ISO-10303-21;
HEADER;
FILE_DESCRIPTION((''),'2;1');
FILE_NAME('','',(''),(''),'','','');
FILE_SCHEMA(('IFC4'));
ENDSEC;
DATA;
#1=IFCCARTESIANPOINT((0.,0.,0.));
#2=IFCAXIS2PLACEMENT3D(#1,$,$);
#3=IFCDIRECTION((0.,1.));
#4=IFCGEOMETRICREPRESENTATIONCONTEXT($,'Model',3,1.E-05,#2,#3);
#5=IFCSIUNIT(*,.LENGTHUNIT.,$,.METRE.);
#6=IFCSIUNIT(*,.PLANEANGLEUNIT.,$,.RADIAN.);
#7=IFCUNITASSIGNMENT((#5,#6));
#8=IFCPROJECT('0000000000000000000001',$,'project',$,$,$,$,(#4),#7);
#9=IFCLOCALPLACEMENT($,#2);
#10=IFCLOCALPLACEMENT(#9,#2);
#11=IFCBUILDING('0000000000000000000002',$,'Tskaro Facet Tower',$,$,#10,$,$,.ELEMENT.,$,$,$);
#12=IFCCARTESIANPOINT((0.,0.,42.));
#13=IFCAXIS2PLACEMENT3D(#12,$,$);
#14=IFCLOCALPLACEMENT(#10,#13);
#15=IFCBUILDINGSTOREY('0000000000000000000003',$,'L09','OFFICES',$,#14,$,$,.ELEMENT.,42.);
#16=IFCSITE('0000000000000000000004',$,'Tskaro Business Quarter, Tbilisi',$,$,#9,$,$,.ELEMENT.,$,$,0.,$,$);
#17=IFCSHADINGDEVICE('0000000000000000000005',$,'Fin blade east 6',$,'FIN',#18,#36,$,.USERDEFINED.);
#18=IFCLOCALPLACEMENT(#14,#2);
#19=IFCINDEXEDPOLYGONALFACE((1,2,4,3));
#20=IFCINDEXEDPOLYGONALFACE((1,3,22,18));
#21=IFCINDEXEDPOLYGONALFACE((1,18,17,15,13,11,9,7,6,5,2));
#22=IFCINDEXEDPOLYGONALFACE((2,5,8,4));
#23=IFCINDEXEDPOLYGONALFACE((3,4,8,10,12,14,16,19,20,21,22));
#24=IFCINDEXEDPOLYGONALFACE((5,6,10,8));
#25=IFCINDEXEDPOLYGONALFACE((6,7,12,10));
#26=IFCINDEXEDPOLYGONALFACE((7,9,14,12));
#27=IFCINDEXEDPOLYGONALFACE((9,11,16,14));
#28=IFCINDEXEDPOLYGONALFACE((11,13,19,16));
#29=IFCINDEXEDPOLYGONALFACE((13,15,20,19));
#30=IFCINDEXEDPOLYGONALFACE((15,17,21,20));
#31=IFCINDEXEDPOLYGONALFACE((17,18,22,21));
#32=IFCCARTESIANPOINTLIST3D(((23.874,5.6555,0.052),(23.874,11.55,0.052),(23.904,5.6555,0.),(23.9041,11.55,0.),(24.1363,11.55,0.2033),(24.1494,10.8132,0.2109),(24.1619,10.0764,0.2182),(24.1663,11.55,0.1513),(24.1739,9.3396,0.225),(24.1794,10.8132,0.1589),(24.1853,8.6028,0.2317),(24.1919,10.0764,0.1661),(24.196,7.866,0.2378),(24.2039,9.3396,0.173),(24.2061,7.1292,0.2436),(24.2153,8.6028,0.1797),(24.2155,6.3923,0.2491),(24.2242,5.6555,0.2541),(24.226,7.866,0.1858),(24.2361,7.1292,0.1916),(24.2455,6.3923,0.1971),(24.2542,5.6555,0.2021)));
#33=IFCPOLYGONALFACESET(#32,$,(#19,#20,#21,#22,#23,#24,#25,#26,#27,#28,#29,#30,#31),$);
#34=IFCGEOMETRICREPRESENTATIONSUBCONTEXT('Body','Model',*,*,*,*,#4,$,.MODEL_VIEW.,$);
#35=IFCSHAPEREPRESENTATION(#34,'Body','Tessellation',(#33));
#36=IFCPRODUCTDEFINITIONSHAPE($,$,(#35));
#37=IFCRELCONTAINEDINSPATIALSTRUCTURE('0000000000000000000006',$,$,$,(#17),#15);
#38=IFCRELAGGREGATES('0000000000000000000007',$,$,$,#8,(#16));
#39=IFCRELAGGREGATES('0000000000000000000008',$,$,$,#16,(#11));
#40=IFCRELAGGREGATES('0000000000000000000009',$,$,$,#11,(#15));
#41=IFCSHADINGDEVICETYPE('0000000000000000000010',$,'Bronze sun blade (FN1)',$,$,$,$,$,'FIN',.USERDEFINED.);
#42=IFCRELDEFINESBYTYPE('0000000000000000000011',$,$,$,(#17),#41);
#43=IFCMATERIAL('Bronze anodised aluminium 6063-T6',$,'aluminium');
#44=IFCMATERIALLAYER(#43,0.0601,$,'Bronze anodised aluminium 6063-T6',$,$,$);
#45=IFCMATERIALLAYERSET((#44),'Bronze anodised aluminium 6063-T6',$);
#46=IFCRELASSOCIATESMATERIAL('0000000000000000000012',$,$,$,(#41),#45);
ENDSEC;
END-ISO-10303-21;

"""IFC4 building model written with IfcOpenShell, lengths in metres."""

from ifc_helpers import new_model, si_unit, direction, frame, origin, place, context, subcontext, project, spatial, polyline, outline, extrude, material, layer, layer_set, type_object, element, save


model = new_model("IFC4")

# Units and contexts
model_context = context("Model", 3, precision=1e-05, world=origin(), true_north=direction((0.0, 1.0)))
body_context = subcontext(model_context, "Body", "Model", "MODEL_VIEW")
ifc_project = project(units=[si_unit("LENGTHUNIT", "METRE"), si_unit("PLANEANGLEUNIT", "RADIAN")], contexts=[model_context])

# Site, building, storey
site_placement = place(None, origin())
site = spatial("IfcSite", under=ifc_project, at=site_placement, Name="Tskaro Business Quarter, Tbilisi", CompositionType="ELEMENT", RefElevation=0.0)
building_placement = place(site_placement, origin())
building = spatial("IfcBuilding", under=site, at=building_placement, Name="Tskaro Facet Tower", CompositionType="ELEMENT")
storey_placement = place(building_placement, frame((0.0, 0.0, 42.0)))
storey = spatial("IfcBuildingStorey", under=building, at=storey_placement, Name="L09", Description="OFFICES", CompositionType="ELEMENT", Elevation=42.0)

# Shared definitions
ifc_material_1 = material(Name="Bronze anodised aluminium 6063-T6", Category="aluminium")

# Shading device
ifc_layer_1 = layer(ifc_material_1, 0.0601, Name="Bronze anodised aluminium 6063-T6")
ifc_layer_set_1 = layer_set([ifc_layer_1], Name="Bronze anodised aluminium 6063-T6")
shading_device_type = type_object("IfcShadingDeviceType", Name="Bronze sun blade (FN1)", ElementType="FIN", PredefinedType="USERDEFINED", material=ifc_layer_set_1)
shading_device_placement = place(storey_placement, frame((23.874, 5.6555, 0.052), z_axis=(-0.499905, 0.000004, 0.86608), x_axis=(0.000002, 1.0, -0.000004)))
element("IfcShadingDevice", 1, at=shading_device_placement, inside=storey, type_object=shading_device_type, Name="Fin blade east 6", ObjectType="FIN", PredefinedType="USERDEFINED", context=body_context, shape_type="SweptSolid", body=[
    extrude(outline(polyline([(0.0, 0.0), (5.8945, 0.0), (5.8945, -0.3028), (5.1577, -0.318), (4.4209, -0.3324), (3.6841, -0.3462), (2.9473, -0.3594), (2.2104, -0.3718), (1.4736, -0.3834), (0.7368, -0.3943), (0.0, -0.4043), (0.0, 0.0)])), origin(), (0.0, 0.0, -1.0), 0.0601),
])

save(model, "model.ifc")
